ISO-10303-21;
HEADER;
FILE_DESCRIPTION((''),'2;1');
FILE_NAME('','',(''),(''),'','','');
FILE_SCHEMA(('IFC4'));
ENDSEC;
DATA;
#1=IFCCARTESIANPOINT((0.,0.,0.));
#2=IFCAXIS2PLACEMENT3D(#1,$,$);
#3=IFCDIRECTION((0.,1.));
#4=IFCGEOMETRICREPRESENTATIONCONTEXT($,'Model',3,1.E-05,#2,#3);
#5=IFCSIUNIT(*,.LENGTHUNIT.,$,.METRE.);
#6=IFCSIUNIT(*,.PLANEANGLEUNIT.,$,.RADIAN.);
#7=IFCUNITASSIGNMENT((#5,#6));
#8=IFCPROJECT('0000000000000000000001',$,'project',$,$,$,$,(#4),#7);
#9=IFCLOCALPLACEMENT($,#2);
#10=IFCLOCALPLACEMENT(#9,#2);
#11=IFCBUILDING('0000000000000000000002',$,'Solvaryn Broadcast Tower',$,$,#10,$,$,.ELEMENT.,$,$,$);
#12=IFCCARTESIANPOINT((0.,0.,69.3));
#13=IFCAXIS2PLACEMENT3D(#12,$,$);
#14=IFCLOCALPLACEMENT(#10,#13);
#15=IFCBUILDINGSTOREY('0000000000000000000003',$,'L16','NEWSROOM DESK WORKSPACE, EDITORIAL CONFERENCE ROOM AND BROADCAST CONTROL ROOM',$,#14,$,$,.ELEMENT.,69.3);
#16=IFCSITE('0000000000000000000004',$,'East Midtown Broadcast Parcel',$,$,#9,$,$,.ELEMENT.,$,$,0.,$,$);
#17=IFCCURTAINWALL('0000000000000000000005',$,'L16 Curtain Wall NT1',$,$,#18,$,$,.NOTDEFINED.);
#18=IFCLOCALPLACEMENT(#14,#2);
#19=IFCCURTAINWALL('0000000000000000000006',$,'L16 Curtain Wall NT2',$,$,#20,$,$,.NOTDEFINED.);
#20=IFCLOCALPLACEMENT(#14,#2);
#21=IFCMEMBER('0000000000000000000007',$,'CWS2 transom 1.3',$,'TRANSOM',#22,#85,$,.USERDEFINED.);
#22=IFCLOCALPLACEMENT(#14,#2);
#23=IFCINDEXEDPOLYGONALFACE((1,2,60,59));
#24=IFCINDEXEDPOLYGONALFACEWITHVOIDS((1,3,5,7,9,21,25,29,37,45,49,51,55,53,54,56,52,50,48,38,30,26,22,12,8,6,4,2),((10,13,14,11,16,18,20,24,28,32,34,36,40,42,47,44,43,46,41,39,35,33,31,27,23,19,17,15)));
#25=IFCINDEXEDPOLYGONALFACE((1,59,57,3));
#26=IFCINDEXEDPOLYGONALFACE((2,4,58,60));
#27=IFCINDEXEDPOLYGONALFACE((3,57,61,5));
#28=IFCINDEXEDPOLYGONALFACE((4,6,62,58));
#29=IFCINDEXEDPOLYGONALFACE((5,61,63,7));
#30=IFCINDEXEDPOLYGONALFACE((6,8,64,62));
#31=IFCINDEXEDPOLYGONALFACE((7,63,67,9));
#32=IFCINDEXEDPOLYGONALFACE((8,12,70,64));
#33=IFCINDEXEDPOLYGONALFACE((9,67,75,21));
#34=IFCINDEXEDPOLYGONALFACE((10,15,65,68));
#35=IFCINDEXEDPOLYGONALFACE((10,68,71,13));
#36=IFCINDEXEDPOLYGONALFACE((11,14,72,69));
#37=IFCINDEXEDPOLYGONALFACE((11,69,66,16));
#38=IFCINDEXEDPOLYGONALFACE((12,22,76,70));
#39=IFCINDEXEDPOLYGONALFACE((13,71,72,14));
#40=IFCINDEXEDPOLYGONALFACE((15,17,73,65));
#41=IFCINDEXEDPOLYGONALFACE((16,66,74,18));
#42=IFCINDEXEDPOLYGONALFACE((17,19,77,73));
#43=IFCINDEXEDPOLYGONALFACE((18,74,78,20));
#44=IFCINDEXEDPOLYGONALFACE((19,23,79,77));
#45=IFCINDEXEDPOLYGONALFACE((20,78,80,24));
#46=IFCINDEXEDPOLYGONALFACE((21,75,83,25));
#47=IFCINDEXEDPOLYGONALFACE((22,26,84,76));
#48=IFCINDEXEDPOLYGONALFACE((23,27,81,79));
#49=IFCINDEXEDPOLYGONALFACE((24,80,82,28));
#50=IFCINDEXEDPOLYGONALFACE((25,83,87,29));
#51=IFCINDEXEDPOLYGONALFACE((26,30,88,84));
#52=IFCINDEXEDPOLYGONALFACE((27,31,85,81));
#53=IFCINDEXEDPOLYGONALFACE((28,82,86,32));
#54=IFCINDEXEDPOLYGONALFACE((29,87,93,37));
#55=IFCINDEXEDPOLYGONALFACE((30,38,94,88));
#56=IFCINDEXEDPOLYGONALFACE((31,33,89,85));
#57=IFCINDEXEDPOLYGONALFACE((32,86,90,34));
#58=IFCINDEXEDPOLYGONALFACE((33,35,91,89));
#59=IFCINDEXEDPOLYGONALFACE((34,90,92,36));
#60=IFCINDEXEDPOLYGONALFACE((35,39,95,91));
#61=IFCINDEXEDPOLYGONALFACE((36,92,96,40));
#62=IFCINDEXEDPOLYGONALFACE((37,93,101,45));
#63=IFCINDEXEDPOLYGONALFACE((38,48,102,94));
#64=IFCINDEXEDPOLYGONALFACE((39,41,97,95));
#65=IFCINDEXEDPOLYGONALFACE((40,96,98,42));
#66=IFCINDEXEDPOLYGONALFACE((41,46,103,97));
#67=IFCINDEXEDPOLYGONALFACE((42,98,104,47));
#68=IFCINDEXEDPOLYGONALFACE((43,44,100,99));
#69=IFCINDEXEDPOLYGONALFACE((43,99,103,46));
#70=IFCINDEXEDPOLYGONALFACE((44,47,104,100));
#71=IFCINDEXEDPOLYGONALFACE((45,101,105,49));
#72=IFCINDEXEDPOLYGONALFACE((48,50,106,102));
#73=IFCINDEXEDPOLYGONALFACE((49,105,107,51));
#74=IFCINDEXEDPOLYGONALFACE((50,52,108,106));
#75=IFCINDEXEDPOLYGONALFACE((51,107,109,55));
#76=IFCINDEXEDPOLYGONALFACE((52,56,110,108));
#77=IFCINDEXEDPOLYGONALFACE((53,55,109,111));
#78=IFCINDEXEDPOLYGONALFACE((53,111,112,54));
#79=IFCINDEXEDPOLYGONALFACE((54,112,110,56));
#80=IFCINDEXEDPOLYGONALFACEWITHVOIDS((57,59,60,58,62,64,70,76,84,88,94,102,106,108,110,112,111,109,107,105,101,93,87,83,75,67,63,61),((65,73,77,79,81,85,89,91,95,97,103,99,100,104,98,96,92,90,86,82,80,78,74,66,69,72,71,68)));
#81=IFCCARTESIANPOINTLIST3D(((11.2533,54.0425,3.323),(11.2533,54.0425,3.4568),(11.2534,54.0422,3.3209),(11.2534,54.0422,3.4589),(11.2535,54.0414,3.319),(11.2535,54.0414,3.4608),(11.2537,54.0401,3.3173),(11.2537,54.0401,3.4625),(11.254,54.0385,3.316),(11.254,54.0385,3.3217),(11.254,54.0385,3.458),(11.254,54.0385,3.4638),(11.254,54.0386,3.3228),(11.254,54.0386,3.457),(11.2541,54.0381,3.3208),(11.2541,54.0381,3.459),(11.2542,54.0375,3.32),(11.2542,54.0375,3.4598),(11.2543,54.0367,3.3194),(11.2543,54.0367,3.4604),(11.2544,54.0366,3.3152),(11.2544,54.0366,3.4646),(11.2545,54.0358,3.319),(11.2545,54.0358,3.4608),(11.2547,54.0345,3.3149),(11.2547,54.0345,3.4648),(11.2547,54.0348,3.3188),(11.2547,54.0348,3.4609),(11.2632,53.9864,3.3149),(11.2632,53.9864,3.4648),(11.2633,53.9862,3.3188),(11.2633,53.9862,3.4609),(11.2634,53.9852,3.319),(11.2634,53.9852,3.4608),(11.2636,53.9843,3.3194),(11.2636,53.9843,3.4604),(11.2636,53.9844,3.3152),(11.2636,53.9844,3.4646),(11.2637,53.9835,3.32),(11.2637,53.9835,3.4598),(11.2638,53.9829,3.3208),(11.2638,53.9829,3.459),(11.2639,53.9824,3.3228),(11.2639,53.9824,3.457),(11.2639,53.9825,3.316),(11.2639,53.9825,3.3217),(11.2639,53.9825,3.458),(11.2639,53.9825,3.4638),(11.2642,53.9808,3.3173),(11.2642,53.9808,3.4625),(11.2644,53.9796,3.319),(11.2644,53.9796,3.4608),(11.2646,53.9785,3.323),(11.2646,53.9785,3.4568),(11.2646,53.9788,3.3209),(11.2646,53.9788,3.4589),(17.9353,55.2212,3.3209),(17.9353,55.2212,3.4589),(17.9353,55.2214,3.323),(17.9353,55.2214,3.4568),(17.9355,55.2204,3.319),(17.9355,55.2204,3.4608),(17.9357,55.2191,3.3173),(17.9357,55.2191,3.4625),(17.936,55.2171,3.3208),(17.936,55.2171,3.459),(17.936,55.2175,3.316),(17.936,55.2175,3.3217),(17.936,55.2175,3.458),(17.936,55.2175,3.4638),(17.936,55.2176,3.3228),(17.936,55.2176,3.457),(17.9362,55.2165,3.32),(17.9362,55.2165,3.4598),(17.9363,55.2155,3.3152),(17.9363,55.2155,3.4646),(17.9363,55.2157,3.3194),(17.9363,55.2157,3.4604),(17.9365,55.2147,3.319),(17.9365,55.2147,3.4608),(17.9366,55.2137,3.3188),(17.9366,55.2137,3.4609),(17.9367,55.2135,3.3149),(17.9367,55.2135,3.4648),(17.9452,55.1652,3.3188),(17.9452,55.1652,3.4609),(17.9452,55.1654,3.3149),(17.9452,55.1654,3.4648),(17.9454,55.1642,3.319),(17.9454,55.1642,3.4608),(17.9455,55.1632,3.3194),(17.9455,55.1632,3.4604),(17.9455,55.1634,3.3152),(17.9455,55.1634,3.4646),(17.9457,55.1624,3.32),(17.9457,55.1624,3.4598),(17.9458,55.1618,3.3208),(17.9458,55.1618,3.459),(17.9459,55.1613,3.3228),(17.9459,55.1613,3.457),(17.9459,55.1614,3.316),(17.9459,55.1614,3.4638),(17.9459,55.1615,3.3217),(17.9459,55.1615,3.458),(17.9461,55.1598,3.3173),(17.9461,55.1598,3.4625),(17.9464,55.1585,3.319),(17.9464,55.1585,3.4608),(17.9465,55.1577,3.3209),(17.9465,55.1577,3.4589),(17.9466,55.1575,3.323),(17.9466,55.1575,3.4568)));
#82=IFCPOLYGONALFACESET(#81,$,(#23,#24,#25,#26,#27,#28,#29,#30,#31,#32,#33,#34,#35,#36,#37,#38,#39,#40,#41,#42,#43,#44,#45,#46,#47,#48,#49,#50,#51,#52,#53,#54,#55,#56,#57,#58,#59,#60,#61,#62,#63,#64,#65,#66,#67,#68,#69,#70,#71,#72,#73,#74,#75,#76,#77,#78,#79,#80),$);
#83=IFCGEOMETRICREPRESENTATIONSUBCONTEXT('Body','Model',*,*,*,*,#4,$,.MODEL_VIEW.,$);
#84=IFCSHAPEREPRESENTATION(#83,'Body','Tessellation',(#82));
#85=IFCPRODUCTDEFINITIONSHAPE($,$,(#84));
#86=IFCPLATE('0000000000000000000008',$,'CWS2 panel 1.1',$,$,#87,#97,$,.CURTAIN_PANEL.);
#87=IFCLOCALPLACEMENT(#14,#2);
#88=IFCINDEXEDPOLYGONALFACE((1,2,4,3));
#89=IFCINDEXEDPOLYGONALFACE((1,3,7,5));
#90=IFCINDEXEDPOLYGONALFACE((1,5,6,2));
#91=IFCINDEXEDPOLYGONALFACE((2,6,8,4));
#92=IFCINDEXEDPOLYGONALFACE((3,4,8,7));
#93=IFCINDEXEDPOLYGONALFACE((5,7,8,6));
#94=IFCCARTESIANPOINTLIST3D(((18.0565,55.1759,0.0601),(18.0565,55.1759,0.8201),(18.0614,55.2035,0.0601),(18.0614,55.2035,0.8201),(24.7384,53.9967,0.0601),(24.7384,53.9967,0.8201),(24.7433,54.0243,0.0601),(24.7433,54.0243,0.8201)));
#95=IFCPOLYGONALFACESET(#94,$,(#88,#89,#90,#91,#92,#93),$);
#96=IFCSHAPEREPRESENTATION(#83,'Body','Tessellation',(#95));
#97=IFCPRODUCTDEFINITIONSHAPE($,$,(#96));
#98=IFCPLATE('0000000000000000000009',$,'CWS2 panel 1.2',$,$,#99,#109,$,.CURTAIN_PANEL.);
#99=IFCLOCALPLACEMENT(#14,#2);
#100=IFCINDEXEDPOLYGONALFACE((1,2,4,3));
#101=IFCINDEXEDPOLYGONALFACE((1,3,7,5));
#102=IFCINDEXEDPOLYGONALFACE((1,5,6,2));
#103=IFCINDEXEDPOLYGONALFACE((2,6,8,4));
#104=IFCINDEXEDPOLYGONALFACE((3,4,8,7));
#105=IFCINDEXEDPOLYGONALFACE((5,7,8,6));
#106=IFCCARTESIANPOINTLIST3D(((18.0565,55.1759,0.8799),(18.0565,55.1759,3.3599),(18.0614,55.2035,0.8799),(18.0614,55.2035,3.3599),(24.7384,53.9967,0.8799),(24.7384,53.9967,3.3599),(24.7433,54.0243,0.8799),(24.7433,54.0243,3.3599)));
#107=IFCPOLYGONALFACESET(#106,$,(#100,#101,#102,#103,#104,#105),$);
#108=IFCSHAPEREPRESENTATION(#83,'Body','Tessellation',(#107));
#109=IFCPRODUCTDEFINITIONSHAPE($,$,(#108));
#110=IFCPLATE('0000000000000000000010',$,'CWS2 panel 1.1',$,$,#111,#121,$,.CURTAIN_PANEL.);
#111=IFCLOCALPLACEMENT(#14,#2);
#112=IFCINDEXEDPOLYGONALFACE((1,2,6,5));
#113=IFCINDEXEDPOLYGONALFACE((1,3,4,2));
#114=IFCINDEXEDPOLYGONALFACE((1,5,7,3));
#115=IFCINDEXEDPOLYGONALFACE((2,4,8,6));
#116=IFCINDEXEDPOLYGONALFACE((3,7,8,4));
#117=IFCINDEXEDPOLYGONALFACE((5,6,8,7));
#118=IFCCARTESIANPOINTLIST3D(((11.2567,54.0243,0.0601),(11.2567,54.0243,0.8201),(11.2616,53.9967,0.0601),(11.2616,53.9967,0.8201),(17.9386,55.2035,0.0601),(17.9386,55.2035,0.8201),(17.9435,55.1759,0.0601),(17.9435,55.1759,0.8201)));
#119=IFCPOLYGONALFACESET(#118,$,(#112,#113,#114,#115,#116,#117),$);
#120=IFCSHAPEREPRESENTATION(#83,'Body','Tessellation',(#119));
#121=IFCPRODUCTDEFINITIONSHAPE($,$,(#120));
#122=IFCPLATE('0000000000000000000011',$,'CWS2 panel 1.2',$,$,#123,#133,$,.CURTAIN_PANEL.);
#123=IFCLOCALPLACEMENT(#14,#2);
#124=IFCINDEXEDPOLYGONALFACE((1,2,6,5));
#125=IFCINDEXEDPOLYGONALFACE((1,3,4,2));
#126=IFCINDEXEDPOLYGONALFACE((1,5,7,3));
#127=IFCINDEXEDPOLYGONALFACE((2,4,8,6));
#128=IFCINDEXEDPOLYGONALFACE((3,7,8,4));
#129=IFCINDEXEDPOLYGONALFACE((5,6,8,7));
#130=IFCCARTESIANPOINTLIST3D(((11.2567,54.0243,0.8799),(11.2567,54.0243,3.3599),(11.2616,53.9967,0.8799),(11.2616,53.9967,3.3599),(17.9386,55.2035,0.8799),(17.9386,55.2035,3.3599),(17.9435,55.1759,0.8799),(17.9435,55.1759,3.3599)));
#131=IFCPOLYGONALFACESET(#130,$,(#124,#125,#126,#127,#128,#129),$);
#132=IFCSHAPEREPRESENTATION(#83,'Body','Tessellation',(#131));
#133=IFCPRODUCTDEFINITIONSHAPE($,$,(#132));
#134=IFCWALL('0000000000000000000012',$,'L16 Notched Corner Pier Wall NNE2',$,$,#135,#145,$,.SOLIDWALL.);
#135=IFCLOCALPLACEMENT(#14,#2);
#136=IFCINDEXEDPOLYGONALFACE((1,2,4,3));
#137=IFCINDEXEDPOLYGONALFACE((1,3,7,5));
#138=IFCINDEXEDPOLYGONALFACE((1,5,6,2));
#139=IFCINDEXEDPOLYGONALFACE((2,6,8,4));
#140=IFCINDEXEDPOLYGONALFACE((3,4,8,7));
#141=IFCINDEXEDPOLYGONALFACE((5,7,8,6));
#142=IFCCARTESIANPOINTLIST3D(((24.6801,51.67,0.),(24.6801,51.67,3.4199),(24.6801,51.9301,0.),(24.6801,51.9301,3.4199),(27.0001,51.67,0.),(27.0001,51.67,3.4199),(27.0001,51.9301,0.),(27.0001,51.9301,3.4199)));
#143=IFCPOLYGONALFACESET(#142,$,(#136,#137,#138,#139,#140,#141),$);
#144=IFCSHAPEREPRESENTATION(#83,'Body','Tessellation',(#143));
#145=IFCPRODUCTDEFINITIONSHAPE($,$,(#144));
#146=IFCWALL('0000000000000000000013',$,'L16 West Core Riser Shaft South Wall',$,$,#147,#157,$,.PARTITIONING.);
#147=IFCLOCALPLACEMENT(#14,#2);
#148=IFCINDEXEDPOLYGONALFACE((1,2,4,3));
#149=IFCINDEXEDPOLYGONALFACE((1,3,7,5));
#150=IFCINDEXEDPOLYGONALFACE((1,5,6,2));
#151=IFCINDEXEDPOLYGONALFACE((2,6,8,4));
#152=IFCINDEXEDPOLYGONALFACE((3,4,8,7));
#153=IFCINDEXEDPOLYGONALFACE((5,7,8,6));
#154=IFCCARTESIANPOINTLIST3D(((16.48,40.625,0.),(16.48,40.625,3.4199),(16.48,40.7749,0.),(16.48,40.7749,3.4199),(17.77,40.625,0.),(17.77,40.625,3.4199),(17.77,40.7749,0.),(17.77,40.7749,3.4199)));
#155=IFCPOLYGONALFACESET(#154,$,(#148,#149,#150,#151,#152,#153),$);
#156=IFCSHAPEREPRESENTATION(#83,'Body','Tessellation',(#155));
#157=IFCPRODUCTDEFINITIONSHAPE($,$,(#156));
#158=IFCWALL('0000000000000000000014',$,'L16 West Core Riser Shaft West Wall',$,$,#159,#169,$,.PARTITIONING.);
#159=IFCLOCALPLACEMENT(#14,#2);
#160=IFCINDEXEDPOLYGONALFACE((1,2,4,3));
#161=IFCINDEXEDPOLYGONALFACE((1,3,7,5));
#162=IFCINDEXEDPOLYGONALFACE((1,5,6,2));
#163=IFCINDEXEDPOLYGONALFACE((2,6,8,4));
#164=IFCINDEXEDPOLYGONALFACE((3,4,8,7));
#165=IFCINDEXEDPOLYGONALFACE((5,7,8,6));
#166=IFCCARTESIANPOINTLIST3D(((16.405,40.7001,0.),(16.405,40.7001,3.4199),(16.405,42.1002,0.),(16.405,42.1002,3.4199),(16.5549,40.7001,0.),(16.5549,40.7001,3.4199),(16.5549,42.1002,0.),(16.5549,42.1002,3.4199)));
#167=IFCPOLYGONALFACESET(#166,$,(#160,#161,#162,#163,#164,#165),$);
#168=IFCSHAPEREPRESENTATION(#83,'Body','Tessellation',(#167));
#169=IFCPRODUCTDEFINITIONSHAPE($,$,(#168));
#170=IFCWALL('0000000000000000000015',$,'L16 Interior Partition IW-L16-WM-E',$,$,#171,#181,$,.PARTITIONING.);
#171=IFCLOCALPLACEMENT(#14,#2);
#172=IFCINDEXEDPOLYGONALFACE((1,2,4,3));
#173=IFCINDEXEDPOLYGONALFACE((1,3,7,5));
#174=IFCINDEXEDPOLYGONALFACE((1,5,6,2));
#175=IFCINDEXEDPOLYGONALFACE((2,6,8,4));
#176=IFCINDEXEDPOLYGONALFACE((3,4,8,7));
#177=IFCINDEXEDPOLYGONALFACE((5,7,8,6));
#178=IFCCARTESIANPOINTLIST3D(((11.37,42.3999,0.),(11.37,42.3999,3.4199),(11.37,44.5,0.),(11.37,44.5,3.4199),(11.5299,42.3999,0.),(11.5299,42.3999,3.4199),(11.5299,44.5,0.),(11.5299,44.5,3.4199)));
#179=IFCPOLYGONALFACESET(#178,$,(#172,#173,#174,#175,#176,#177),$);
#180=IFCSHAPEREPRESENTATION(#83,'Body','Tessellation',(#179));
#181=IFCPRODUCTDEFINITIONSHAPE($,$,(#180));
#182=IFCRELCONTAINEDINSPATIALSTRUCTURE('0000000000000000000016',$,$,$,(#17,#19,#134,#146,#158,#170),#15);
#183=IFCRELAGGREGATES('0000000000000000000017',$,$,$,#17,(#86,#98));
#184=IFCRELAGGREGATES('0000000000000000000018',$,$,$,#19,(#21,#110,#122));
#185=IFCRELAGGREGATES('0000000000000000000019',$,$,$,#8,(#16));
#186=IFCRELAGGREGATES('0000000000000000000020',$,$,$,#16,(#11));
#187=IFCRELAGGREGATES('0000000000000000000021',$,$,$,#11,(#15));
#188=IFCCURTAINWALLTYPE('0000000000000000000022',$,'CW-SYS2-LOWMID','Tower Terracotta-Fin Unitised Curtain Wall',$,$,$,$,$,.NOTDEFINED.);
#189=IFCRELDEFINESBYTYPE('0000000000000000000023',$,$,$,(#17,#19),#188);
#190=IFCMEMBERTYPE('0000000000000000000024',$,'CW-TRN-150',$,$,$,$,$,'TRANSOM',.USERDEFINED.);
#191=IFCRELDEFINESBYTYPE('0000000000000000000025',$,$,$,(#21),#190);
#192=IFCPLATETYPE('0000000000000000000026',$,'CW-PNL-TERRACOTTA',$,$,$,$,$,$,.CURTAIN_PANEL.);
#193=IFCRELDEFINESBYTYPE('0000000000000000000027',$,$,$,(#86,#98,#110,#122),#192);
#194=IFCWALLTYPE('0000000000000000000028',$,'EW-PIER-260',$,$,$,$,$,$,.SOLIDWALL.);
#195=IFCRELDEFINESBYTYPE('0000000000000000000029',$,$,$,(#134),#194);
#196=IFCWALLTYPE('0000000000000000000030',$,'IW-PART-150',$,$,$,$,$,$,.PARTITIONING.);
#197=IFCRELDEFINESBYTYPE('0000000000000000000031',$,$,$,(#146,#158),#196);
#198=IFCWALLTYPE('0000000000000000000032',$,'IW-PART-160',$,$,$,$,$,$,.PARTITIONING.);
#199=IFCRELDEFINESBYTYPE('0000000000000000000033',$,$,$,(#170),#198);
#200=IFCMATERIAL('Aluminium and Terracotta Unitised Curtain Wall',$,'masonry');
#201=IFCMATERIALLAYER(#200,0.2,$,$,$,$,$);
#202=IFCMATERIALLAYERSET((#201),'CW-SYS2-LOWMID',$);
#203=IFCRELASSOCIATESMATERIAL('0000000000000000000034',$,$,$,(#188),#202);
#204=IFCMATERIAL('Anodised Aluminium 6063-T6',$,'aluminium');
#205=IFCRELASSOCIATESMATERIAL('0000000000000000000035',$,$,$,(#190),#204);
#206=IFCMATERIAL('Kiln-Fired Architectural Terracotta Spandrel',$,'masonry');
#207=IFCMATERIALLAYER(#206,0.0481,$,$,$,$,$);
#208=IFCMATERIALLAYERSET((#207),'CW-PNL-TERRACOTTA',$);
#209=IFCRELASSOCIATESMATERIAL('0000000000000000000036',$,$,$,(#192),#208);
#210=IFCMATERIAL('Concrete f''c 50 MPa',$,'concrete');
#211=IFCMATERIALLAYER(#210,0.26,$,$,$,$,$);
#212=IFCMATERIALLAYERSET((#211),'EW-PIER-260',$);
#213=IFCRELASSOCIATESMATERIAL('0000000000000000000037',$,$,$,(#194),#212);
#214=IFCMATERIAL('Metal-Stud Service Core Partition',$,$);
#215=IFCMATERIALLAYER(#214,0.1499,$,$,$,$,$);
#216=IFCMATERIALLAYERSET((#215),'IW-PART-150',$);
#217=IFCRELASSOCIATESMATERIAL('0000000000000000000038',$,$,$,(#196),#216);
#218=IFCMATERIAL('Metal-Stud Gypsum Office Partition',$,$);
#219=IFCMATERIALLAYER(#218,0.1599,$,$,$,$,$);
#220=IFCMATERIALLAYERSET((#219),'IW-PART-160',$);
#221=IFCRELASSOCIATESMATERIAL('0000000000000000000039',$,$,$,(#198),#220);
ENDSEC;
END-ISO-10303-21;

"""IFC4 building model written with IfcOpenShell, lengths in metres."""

from ifc_helpers import new_model, si_unit, direction, frame, frame_2d, origin, origin_2d, place, context, subcontext, project, spatial, rectangle, hollow_rectangle, extrude, material, layer, layer_set, material_profile, profile_set, type_object, element, aggregate, save


model = new_model("IFC4")

# Units and contexts
model_context = context("Model", 3, precision=1e-05, world=origin(), true_north=direction((0.0, 1.0)))
body_context = subcontext(model_context, "Body", "Model", "MODEL_VIEW")
ifc_project = project(units=[si_unit("LENGTHUNIT", "METRE"), si_unit("PLANEANGLEUNIT", "RADIAN")], contexts=[model_context])

# Site, building, storey
site_placement = place(None, origin())
site = spatial("IfcSite", under=ifc_project, at=site_placement, Name="East Midtown Broadcast Parcel", CompositionType="ELEMENT", RefElevation=0.0)
building_placement = place(site_placement, origin())
building = spatial("IfcBuilding", under=site, at=building_placement, Name="Solvaryn Broadcast Tower", CompositionType="ELEMENT")
storey_placement = place(building_placement, frame((0.0, 0.0, 69.3)))
storey = spatial("IfcBuildingStorey", under=building, at=storey_placement, Name="L16", Description="NEWSROOM DESK WORKSPACE, EDITORIAL CONFERENCE ROOM AND BROADCAST CONTROL ROOM", CompositionType="ELEMENT", Elevation=69.3)

# Curtain walls
ifc_material_1 = material(Name="Aluminium and Terracotta Unitised Curtain Wall", Category="masonry")
ifc_layer_1 = layer(ifc_material_1, 0.2)
ifc_layer_set_1 = layer_set([ifc_layer_1], Name="CW-SYS2-LOWMID")
curtain_wall_type = type_object("IfcCurtainWallType", Name="CW-SYS2-LOWMID", Description="Tower Terracotta-Fin Unitised Curtain Wall", PredefinedType="NOTDEFINED", material=ifc_layer_set_1)
curtain_wall_1_placement = place(storey_placement, origin())
curtain_wall_1 = element("IfcCurtainWall", 1, at=curtain_wall_1_placement, inside=storey, type_object=curtain_wall_type, Name="L16 Curtain Wall NT1", PredefinedType="NOTDEFINED")
curtain_wall_2_placement = place(storey_placement, origin())
curtain_wall_2 = element("IfcCurtainWall", 2, at=curtain_wall_2_placement, inside=storey, type_object=curtain_wall_type, Name="L16 Curtain Wall NT2", PredefinedType="NOTDEFINED")

# Member
ifc_material_2 = material(Name="Anodised Aluminium 6063-T6", Category="aluminium")
ifc_material_profile_1 = material_profile(ifc_material_2, hollow_rectangle(XDim=0.0649, YDim=0.1499, WallThickness=0.0039, InnerFilletRadius=0.0039, OuterFilletRadius=0.0081, at=origin_2d()))
ifc_profile_set_1 = profile_set([ifc_material_profile_1], Name="Anodised Aluminium 6063-T6")
member_type_1 = type_object("IfcMemberType", Name="CW-TRN-150", ElementType="TRANSOM", PredefinedType="USERDEFINED", material=ifc_profile_set_1)
member_1_placement = place(storey_placement, frame((17.9409, 55.1895, 3.3899), z_axis=(-0.984789, -0.173757, 0.0), x_axis=(0.173757, -0.984789, 0.0)))
member_1 = element("IfcMember", 3, at=member_1_placement, type_object=member_type_1, Name="CWS2 transom 1.3", ObjectType="TRANSOM", PredefinedType="USERDEFINED", context=body_context, shape_type="SweptSolid", body=[
    extrude(hollow_rectangle(XDim=0.0649, YDim=0.1499, WallThickness=0.0039, InnerFilletRadius=0.0039, OuterFilletRadius=0.0081, at=origin_2d()), origin(), (0.0, 0.0, 1.0), 6.7852),
])

# Plates
ifc_material_3 = material(Name="Kiln-Fired Architectural Terracotta Spandrel", Category="masonry")
ifc_layer_2 = layer(ifc_material_3, 0.0481)
ifc_layer_set_2 = layer_set([ifc_layer_2], Name="CW-PNL-TERRACOTTA")
plate_type = type_object("IfcPlateType", Name="CW-PNL-TERRACOTTA", PredefinedType="CURTAIN_PANEL", material=ifc_layer_set_2)
plate_1_placement = place(storey_placement, frame((21.3999, 54.6001, 0.0601), z_axis=(0.0, 0.0, 1.0), x_axis=(-0.984784, 0.173785, 0.0)))
plate_1 = element("IfcPlate", 4, at=plate_1_placement, type_object=plate_type, Name="CWS2 panel 1.1", PredefinedType="CURTAIN_PANEL", context=body_context, shape_type="SweptSolid", body=[
    extrude(rectangle(XDim=6.7852, YDim=0.0281, at=origin_2d()), origin(), (0.0, 0.0, 1.0), 0.76),
])
plate_2_placement = place(storey_placement, frame((21.3999, 54.6001, 0.8799), z_axis=(0.0, 0.0, 1.0), x_axis=(-0.984784, 0.173785, 0.0)))
plate_2 = element("IfcPlate", 5, at=plate_2_placement, type_object=plate_type, Name="CWS2 panel 1.2", PredefinedType="CURTAIN_PANEL", context=body_context, shape_type="SweptSolid", body=[
    extrude(rectangle(XDim=6.7852, YDim=0.0281, at=origin_2d()), origin(), (0.0, 0.0, 1.0), 2.48),
])
aggregate(curtain_wall_1, [plate_1, plate_2])
plate_3_placement = place(storey_placement, frame((14.6001, 54.6001, 0.0601), z_axis=(0.0, 0.0, 1.0), x_axis=(-0.984784, -0.173785, 0.0)))
plate_3 = element("IfcPlate", 6, at=plate_3_placement, type_object=plate_type, Name="CWS2 panel 1.1", PredefinedType="CURTAIN_PANEL", context=body_context, shape_type="SweptSolid", body=[
    extrude(rectangle(XDim=6.7852, YDim=0.0281, at=origin_2d()), origin(), (0.0, 0.0, 1.0), 0.76),
])
plate_4_placement = place(storey_placement, frame((14.6001, 54.6001, 0.8799), z_axis=(0.0, 0.0, 1.0), x_axis=(-0.984784, -0.173785, 0.0)))
plate_4 = element("IfcPlate", 7, at=plate_4_placement, type_object=plate_type, Name="CWS2 panel 1.2", PredefinedType="CURTAIN_PANEL", context=body_context, shape_type="SweptSolid", body=[
    extrude(rectangle(XDim=6.7852, YDim=0.0281, at=origin_2d()), origin(), (0.0, 0.0, 1.0), 2.48),
])
aggregate(curtain_wall_2, [member_1, plate_3, plate_4])

# Walls
ifc_material_4 = material(Name="Concrete f'c 50 MPa", Category="concrete")
ifc_layer_3 = layer(ifc_material_4, 0.26)
ifc_layer_set_3 = layer_set([ifc_layer_3], Name="EW-PIER-260")
wall_type_1 = type_object("IfcWallType", Name="EW-PIER-260", PredefinedType="SOLIDWALL", material=ifc_layer_set_3)
wall_1_placement = place(storey_placement, frame((24.6799, 51.8, 0.0), z_axis=(0.0, 0.0, 1.0), x_axis=(1.0, 0.0, 0.0)))
element("IfcWall", 8, at=wall_1_placement, inside=storey, type_object=wall_type_1, Name="L16 Notched Corner Pier Wall NNE2", PredefinedType="SOLIDWALL", context=body_context, shape_type="SweptSolid", body=[
    extrude(rectangle(XDim=2.3201, YDim=0.26, at=frame_2d((1.1602, 0.0))), origin(), (0.0, 0.0, 1.0), 3.4199),
])
ifc_material_5 = material(Name="Metal-Stud Service Core Partition")
ifc_layer_4 = layer(ifc_material_5, 0.1499)
ifc_layer_set_4 = layer_set([ifc_layer_4], Name="IW-PART-150")
wall_type_2 = type_object("IfcWallType", Name="IW-PART-150", PredefinedType="PARTITIONING", material=ifc_layer_set_4)
wall_2_placement = place(storey_placement, frame((16.48, 40.7, 0.0), z_axis=(0.0, 0.0, 1.0), x_axis=(1.0, 0.0, 0.0)))
element("IfcWall", 9, at=wall_2_placement, inside=storey, type_object=wall_type_2, Name="L16 West Core Riser Shaft South Wall", PredefinedType="PARTITIONING", context=body_context, shape_type="SweptSolid", body=[
    extrude(rectangle(XDim=1.29, YDim=0.1499, at=frame_2d((0.645, 0.0))), origin(), (0.0, 0.0, 1.0), 3.4199),
])
wall_3_placement = place(storey_placement, frame((16.48, 40.7, 0.0), z_axis=(0.0, 0.0, 1.0), x_axis=(0.0, 1.0, 0.0)))
element("IfcWall", 10, at=wall_3_placement, inside=storey, type_object=wall_type_2, Name="L16 West Core Riser Shaft West Wall", PredefinedType="PARTITIONING", context=body_context, shape_type="SweptSolid", body=[
    extrude(rectangle(XDim=1.4001, YDim=0.1499, at=frame_2d((0.7002, 0.0))), origin(), (0.0, 0.0, 1.0), 3.4199),
])
ifc_material_6 = material(Name="Metal-Stud Gypsum Office Partition")
ifc_layer_5 = layer(ifc_material_6, 0.1599)
ifc_layer_set_5 = layer_set([ifc_layer_5], Name="IW-PART-160")
wall_type_3 = type_object("IfcWallType", Name="IW-PART-160", PredefinedType="PARTITIONING", material=ifc_layer_set_5)
wall_4_placement = place(storey_placement, frame((11.45, 42.3999, 0.0), z_axis=(0.0, 0.0, 1.0), x_axis=(0.0, 1.0, 0.0)))
element("IfcWall", 11, at=wall_4_placement, inside=storey, type_object=wall_type_3, Name="L16 Interior Partition IW-L16-WM-E", PredefinedType="PARTITIONING", context=body_context, shape_type="SweptSolid", body=[
    extrude(rectangle(XDim=2.1001, YDim=0.1599, at=frame_2d((1.05, 0.0))), origin(), (0.0, 0.0, 1.0), 3.4199),
])

save(model, "model.ifc")
